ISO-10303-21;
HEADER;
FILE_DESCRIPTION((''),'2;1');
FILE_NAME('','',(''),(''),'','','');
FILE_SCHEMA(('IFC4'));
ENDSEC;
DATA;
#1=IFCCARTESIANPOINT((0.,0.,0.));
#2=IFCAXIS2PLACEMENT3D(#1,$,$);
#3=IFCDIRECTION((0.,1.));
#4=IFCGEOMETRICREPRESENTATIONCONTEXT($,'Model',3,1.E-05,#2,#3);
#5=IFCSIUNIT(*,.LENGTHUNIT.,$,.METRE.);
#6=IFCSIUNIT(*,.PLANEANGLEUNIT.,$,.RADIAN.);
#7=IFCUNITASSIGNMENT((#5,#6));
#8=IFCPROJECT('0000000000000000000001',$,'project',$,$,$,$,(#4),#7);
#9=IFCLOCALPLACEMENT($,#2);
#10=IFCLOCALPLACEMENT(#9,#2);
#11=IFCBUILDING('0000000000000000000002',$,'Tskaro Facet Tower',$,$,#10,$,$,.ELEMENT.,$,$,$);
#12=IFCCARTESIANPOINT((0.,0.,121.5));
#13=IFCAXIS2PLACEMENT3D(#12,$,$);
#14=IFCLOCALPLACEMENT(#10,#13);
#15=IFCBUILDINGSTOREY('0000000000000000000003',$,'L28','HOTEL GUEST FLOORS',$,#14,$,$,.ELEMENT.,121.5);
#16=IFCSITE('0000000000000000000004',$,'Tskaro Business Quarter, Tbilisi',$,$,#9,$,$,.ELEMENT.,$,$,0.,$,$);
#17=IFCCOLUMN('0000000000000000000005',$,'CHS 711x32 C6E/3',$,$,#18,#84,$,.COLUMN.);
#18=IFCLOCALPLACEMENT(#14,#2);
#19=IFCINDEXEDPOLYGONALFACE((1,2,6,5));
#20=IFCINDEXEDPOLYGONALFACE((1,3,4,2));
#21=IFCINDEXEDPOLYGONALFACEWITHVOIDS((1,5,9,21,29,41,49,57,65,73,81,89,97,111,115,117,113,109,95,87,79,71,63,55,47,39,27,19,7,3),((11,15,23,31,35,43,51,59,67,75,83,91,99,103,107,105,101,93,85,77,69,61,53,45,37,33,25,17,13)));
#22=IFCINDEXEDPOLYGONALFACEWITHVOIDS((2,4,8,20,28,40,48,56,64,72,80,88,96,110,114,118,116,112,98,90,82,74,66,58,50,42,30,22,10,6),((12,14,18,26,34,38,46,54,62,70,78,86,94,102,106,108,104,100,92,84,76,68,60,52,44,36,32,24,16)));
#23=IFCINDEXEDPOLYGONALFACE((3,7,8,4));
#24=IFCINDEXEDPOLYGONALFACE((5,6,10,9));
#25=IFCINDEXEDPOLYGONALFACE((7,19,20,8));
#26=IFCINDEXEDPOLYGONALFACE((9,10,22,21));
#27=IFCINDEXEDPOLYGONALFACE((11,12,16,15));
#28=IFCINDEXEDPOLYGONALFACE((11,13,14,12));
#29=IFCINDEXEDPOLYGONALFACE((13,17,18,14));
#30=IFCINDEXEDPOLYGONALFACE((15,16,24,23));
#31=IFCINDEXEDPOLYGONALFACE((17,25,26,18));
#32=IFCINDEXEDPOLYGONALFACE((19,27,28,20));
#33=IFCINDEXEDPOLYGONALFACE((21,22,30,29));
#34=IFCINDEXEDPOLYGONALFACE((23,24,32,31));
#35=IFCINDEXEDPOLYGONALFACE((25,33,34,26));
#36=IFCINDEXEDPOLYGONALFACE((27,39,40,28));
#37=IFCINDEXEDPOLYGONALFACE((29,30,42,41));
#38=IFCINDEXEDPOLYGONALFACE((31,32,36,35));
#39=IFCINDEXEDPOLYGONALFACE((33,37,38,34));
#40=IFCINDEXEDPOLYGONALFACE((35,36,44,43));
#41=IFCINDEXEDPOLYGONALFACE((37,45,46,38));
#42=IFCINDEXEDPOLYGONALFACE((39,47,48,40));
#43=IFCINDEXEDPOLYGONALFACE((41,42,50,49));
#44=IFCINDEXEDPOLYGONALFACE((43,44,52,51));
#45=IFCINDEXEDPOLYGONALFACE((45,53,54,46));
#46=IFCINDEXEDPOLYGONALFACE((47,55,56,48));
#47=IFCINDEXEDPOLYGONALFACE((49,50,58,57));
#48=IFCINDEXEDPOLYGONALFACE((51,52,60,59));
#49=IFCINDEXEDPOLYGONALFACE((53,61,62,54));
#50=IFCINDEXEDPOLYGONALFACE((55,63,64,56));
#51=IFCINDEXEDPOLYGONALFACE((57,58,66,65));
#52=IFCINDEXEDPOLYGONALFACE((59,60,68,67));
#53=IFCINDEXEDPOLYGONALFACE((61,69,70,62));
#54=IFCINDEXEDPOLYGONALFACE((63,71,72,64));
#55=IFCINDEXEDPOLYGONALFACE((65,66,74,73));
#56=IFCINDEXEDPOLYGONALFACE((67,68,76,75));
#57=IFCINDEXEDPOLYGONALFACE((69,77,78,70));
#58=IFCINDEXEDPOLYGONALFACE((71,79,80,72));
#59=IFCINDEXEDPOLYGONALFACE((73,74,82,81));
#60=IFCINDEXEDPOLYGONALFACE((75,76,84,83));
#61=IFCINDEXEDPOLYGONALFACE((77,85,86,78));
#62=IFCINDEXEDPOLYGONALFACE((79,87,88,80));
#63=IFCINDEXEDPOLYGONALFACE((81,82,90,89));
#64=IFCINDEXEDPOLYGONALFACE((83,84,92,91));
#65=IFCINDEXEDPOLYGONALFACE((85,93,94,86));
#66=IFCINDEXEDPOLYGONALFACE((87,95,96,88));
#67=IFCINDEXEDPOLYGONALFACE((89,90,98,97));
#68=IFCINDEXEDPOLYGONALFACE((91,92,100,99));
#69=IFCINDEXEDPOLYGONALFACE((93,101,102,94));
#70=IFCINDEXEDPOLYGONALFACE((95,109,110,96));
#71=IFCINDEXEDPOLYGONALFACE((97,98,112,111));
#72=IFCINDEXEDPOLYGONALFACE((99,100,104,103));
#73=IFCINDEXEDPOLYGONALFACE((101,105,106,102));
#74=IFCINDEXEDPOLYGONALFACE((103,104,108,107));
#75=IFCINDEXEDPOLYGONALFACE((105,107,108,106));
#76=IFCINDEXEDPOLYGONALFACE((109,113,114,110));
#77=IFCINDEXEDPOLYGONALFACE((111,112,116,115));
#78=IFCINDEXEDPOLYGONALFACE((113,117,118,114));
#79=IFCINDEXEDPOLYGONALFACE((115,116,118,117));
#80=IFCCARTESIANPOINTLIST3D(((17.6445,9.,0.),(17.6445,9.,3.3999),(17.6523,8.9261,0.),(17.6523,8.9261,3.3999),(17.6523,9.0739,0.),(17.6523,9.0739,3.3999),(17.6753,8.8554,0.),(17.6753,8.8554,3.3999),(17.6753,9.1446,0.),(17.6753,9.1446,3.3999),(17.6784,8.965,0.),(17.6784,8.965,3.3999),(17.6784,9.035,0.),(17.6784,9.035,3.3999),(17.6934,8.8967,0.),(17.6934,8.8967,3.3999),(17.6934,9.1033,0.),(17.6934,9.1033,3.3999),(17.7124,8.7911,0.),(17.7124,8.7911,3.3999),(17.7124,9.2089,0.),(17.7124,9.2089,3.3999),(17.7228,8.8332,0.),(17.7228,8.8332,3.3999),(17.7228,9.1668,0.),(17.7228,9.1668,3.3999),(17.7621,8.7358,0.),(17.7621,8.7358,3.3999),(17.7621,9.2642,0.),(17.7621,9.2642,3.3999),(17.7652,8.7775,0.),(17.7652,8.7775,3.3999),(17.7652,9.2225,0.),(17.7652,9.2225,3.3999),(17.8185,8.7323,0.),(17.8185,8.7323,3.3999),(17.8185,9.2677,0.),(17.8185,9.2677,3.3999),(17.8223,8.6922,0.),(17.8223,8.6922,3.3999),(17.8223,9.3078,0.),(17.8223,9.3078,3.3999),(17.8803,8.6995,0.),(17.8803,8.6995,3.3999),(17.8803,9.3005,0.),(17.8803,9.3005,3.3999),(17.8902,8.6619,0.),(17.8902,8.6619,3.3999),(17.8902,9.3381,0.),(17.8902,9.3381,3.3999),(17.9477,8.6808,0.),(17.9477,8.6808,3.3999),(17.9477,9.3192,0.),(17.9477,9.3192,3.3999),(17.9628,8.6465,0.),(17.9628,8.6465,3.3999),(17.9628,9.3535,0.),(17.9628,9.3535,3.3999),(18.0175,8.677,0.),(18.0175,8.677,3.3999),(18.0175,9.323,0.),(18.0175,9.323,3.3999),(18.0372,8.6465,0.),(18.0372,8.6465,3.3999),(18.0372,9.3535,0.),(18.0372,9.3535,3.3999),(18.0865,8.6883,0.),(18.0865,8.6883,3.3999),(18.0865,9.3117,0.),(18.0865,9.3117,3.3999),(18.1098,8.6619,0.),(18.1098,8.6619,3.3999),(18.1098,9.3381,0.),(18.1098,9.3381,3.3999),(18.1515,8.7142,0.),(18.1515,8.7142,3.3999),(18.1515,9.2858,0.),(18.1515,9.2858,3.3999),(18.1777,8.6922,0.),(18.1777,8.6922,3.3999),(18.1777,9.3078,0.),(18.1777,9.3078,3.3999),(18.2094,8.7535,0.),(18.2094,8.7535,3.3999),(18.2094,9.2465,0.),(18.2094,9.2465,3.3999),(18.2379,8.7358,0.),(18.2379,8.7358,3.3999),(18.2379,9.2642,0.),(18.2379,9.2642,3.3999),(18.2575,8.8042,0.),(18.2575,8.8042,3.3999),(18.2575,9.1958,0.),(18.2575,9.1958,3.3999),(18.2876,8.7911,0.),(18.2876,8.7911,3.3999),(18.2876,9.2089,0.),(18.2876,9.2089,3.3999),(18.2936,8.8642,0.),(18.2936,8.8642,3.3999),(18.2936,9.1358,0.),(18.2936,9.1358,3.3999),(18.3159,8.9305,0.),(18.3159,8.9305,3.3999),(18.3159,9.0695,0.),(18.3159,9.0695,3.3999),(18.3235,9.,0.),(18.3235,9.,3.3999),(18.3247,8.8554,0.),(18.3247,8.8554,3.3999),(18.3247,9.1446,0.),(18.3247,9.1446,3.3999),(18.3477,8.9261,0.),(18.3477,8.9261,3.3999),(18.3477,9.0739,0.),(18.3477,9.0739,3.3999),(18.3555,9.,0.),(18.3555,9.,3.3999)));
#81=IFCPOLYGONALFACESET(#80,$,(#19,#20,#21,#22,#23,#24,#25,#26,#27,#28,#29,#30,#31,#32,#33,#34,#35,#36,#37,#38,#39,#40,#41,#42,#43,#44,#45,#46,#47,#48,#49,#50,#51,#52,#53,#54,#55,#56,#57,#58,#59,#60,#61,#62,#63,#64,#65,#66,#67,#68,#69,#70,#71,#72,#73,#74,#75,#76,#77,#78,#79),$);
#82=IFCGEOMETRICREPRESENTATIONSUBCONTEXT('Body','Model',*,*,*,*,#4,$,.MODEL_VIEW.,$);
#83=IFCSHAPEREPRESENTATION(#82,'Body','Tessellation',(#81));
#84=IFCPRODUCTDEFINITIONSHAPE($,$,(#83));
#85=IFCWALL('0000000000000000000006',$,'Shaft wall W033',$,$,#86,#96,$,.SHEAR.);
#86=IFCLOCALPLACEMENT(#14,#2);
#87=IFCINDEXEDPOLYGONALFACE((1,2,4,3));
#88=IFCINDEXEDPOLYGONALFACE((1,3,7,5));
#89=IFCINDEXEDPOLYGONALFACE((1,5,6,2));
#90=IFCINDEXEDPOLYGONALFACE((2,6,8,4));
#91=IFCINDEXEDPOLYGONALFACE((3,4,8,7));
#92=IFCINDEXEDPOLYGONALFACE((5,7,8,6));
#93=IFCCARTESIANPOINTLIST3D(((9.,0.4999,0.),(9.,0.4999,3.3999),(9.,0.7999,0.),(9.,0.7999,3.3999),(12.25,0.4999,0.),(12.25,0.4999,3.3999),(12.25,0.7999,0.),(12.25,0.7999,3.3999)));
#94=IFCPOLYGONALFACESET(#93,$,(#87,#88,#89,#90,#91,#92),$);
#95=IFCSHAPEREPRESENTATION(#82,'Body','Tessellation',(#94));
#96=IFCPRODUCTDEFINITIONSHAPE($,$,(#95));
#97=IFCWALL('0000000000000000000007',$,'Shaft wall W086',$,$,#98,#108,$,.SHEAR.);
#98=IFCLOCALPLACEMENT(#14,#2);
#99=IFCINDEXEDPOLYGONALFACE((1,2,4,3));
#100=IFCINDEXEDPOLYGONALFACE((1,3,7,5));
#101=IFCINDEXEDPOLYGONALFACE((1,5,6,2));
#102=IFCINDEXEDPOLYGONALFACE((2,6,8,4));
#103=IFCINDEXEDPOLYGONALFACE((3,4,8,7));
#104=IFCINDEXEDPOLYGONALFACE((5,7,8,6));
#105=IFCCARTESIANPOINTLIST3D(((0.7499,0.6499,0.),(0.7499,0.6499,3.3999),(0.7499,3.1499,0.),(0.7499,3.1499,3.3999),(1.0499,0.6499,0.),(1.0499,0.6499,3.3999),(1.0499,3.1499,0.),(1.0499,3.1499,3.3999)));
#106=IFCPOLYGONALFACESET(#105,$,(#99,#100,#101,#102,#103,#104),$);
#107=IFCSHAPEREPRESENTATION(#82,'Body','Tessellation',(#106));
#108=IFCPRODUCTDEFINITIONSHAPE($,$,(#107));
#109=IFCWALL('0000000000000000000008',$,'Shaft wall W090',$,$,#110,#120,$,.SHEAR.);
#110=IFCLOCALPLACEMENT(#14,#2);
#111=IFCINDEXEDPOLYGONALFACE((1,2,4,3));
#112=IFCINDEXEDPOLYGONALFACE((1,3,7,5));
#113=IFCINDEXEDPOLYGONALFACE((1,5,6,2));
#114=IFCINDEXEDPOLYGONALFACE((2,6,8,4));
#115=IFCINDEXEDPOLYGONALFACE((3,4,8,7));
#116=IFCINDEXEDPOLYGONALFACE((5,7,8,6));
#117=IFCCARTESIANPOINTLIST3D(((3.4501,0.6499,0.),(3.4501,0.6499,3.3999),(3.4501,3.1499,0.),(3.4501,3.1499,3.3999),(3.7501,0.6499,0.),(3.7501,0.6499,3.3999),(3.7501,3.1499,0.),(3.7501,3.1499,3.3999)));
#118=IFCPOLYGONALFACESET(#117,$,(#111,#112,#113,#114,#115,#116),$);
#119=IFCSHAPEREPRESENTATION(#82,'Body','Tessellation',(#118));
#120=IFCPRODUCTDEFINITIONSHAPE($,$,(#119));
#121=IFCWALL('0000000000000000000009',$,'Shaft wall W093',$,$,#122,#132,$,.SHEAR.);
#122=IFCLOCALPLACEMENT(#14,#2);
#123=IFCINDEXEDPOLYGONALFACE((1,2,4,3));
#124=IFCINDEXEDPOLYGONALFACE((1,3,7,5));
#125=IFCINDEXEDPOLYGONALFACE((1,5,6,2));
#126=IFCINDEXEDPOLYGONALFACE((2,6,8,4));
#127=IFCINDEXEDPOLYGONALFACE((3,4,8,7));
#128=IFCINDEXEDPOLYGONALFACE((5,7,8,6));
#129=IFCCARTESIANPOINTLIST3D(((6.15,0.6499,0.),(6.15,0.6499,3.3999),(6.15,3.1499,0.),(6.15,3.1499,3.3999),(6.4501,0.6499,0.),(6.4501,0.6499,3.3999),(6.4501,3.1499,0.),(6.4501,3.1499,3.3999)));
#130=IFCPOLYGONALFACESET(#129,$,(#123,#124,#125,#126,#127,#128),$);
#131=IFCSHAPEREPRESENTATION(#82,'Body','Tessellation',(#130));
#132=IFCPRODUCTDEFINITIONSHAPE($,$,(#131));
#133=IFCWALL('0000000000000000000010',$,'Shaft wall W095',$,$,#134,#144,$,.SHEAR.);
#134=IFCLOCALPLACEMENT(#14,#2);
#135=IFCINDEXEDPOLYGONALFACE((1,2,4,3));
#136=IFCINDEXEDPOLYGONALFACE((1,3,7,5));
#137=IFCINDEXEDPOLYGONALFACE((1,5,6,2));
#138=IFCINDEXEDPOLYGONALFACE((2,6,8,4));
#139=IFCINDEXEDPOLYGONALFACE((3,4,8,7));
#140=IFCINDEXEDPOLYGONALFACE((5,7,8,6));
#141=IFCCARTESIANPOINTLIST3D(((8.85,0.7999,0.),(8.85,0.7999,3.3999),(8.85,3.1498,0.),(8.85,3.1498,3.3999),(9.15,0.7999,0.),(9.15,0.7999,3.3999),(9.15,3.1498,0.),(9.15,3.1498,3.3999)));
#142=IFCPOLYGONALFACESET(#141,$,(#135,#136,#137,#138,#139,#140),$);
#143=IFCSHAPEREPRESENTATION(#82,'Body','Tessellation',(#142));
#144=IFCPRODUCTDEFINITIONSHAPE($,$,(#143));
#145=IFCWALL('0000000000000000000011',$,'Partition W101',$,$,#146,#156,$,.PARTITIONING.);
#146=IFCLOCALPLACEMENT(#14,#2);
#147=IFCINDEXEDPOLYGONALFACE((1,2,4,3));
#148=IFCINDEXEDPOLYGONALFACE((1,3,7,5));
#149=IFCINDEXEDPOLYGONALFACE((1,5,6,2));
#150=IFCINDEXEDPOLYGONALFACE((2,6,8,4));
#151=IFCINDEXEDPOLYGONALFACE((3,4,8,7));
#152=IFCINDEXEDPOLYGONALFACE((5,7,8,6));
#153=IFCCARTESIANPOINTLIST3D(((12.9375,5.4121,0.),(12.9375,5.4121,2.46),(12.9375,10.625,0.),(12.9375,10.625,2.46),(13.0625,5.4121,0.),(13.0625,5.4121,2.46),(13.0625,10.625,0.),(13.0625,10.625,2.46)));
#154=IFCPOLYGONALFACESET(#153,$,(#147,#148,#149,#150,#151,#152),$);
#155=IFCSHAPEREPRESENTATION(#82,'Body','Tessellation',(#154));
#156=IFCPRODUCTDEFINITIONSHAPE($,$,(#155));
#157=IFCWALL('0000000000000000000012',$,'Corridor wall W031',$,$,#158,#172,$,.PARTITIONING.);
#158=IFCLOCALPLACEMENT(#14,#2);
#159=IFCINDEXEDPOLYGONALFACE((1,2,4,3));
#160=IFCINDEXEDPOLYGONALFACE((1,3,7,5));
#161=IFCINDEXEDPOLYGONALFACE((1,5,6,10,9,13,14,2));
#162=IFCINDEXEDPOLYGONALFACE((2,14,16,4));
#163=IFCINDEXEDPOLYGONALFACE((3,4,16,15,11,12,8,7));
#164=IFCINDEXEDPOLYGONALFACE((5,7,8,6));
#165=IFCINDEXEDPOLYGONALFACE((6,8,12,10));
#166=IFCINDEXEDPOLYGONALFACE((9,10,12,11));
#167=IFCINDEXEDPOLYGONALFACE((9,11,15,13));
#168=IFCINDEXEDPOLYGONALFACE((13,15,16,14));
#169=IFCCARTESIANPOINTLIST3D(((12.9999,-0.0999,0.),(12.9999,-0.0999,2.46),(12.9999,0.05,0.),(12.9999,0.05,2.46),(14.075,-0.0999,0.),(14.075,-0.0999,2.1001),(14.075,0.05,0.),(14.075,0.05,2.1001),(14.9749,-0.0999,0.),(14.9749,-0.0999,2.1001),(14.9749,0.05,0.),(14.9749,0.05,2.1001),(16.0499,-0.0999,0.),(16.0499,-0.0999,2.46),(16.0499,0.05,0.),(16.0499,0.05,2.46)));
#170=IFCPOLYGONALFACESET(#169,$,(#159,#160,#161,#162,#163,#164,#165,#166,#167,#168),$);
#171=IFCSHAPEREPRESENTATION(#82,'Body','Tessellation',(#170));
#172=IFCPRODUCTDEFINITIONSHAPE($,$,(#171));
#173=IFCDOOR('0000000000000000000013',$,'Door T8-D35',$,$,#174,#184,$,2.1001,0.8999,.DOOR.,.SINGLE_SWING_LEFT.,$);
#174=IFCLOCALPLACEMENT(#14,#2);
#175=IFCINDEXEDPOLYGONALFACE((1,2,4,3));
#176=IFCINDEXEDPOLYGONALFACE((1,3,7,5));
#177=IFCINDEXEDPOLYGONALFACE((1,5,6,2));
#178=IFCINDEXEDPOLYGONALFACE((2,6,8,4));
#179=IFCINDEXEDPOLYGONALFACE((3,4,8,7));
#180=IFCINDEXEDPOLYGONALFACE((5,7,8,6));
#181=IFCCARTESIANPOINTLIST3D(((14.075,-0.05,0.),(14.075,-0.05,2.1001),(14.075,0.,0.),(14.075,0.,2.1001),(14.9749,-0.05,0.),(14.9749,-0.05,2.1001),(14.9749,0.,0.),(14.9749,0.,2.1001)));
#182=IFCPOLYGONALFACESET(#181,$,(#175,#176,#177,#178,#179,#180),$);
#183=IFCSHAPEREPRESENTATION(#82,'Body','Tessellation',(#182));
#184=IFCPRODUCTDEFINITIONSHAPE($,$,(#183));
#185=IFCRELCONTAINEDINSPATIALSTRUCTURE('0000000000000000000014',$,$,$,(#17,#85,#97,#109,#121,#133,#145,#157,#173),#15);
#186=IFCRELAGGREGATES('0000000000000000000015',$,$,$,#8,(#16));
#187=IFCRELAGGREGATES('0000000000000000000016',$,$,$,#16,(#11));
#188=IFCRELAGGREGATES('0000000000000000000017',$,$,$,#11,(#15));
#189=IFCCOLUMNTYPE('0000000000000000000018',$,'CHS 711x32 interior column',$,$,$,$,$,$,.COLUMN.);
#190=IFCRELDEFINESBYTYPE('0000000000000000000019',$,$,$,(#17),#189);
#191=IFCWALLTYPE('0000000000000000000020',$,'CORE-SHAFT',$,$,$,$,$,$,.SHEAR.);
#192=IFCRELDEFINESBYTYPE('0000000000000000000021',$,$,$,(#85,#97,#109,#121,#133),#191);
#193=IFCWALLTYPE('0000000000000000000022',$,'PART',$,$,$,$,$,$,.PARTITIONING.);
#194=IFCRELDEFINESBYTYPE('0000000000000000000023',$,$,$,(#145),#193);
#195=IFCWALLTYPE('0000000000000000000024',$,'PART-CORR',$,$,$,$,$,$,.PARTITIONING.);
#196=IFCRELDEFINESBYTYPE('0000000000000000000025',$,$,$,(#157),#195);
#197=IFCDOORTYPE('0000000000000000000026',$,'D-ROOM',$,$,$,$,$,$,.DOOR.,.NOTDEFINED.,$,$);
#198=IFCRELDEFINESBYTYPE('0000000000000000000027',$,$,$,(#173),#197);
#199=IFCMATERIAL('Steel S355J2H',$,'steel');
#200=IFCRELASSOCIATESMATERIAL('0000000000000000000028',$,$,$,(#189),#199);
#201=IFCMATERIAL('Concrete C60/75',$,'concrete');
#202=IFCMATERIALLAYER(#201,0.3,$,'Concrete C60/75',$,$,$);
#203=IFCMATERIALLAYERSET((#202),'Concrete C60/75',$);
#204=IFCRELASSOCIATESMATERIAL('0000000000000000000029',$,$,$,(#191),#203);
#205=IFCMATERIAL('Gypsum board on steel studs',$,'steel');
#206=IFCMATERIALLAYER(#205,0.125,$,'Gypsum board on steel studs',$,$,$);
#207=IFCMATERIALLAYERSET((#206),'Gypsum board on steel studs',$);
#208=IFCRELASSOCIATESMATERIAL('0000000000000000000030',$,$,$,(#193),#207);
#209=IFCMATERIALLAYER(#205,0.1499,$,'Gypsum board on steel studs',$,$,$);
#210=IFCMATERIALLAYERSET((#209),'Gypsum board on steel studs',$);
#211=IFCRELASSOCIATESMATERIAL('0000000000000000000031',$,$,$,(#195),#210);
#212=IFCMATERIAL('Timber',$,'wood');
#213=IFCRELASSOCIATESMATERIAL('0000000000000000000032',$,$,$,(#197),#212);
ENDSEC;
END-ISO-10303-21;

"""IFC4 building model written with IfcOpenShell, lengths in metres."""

from ifc_helpers import new_model, si_unit, direction, frame, frame_2d, origin, origin_2d, place, context, subcontext, project, spatial, rectangle, hollow_circle, extrude, material, layer, layer_set, material_profile, profile_set, type_object, element, fill, save


model = new_model("IFC4")

# Units and contexts
model_context = context("Model", 3, precision=1e-05, world=origin(), true_north=direction((0.0, 1.0)))
body_context = subcontext(model_context, "Body", "Model", "MODEL_VIEW")
ifc_project = project(units=[si_unit("LENGTHUNIT", "METRE"), si_unit("PLANEANGLEUNIT", "RADIAN")], contexts=[model_context])

# Site, building, storey
site_placement = place(None, origin())
site = spatial("IfcSite", under=ifc_project, at=site_placement, Name="Tskaro Business Quarter, Tbilisi", CompositionType="ELEMENT", RefElevation=0.0)
building_placement = place(site_placement, origin())
building = spatial("IfcBuilding", under=site, at=building_placement, Name="Tskaro Facet Tower", CompositionType="ELEMENT")
storey_placement = place(building_placement, frame((0.0, 0.0, 121.5)))
storey = spatial("IfcBuildingStorey", under=building, at=storey_placement, Name="L28", Description="HOTEL GUEST FLOORS", CompositionType="ELEMENT", Elevation=121.5)

# Column
ifc_material_1 = material(Name="Steel S355J2H", Category="steel")
ifc_material_profile = material_profile(ifc_material_1, hollow_circle(Radius=0.3555, WallThickness=0.032, at=origin_2d()), Name="CHS 711x32")
ifc_profile_set = profile_set([ifc_material_profile], Name="Steel S355J2H")
column_type = type_object("IfcColumnType", Name="CHS 711x32 interior column", PredefinedType="COLUMN", material=ifc_profile_set)
for number, where, z_axis, x_axis, name in (
    (1, (18.0, 9.0, 0.0), (0.0, 0.0, 1.0), (1.0, 0.0, 0.0), "CHS 711x32 C6E/3"),
):
    element("IfcColumn", number, at=place(storey_placement, frame(where, z_axis=z_axis, x_axis=x_axis)), inside=storey, type_object=column_type, Name=name, PredefinedType="COLUMN", context=body_context, shape_type="SweptSolid", body=[
        extrude(hollow_circle(Radius=0.3555, WallThickness=0.032, at=origin_2d()), origin(), (0.0, 0.0, 1.0), 3.3999),
    ])

# Walls
ifc_material_2 = material(Name="Concrete C60/75", Category="concrete")
ifc_layer_1 = layer(ifc_material_2, 0.3, Name="Concrete C60/75")
ifc_layer_set_1 = layer_set([ifc_layer_1], Name="Concrete C60/75")
wall_type_1 = type_object("IfcWallType", Name="CORE-SHAFT", PredefinedType="SHEAR", material=ifc_layer_set_1)
wall_1_placement = place(storey_placement, frame((12.25, 0.6499, 0.0), z_axis=(0.0, 0.0, 1.0), x_axis=(-1.0, 0.0, 0.0)))
element("IfcWall", 2, at=wall_1_placement, inside=storey, type_object=wall_type_1, Name="Shaft wall W033", PredefinedType="SHEAR", context=body_context, shape_type="SweptSolid", body=[
    extrude(rectangle(XDim=3.25, YDim=0.3, at=frame_2d((1.625, 0.0))), origin(), (0.0, 0.0, 1.0), 3.3999),
])
for number, where, z_axis, x_axis, name in (
    (3, (0.8999, 0.6499, 0.0), (0.0, 0.0, 1.0), (0.0, 1.0, 0.0), "Shaft wall W086"),
    (4, (3.6001, 0.6499, 0.0), (0.0, 0.0, 1.0), (0.0, 1.0, 0.0), "Shaft wall W090"),
    (5, (6.3, 0.6499, 0.0), (0.0, 0.0, 1.0), (0.0, 1.0, 0.0), "Shaft wall W093"),
):
    element("IfcWall", number, at=place(storey_placement, frame(where, z_axis=z_axis, x_axis=x_axis)), inside=storey, type_object=wall_type_1, Name=name, PredefinedType="SHEAR", context=body_context, shape_type="SweptSolid", body=[
        extrude(rectangle(XDim=2.5, YDim=0.3, at=frame_2d((1.25, 0.0))), origin(), (0.0, 0.0, 1.0), 3.3999),
    ])
wall_2_placement = place(storey_placement, frame((9.0, 0.8, 0.0), z_axis=(0.0, 0.0, 1.0), x_axis=(0.0, 1.0, 0.0)))
element("IfcWall", 6, at=wall_2_placement, inside=storey, type_object=wall_type_1, Name="Shaft wall W095", PredefinedType="SHEAR", context=body_context, shape_type="SweptSolid", body=[
    extrude(rectangle(XDim=2.3499, YDim=0.3, at=frame_2d((1.1748, 0.0))), origin(), (0.0, 0.0, 1.0), 3.3999),
])
ifc_material_3 = material(Name="Gypsum board on steel studs", Category="steel")
ifc_layer_2 = layer(ifc_material_3, 0.125, Name="Gypsum board on steel studs")
ifc_layer_set_2 = layer_set([ifc_layer_2], Name="Gypsum board on steel studs")
wall_type_2 = type_object("IfcWallType", Name="PART", PredefinedType="PARTITIONING", material=ifc_layer_set_2)
wall_3_placement = place(storey_placement, frame((13.0, 5.4121, 0.0), z_axis=(0.0, 0.0, 1.0), x_axis=(0.0, 1.0, 0.0)))
element("IfcWall", 7, at=wall_3_placement, inside=storey, type_object=wall_type_2, Name="Partition W101", PredefinedType="PARTITIONING", context=body_context, shape_type="SweptSolid", body=[
    extrude(rectangle(XDim=5.2129, YDim=0.125, at=frame_2d((2.6064, 0.0))), origin(), (0.0, 0.0, 1.0), 2.46),
])

# Wall, opening, door
ifc_layer_3 = layer(ifc_material_3, 0.1499, Name="Gypsum board on steel studs")
ifc_layer_set_3 = layer_set([ifc_layer_3], Name="Gypsum board on steel studs")
wall_type_3 = type_object("IfcWallType", Name="PART-CORR", PredefinedType="PARTITIONING", material=ifc_layer_set_3)
wall_4_placement = place(storey_placement, frame((13.0, -0.0249, 0.0), z_axis=(0.0, 0.0, 1.0), x_axis=(1.0, 0.0, 0.0)))
wall_4 = element("IfcWall", 8, at=wall_4_placement, inside=storey, type_object=wall_type_3, Name="Corridor wall W031", PredefinedType="PARTITIONING", context=body_context, shape_type="SweptSolid", body=[
    extrude(rectangle(XDim=3.05, YDim=0.1499, at=frame_2d((1.5249, 0.0))), origin(), (0.0, 0.0, 1.0), 2.46),
])
opening_1_placement = place(wall_4_placement, frame((1.075, 0.0, 0.0)))
opening_1 = element("IfcOpeningElement", 9, at=opening_1_placement, cuts=wall_4, PredefinedType="OPENING", context=body_context, shape_type="SweptSolid", body=[
    extrude(rectangle(XDim=0.8999, YDim=2.1001, at=frame_2d((0.45, 1.05))), frame((0.0, 0.085, 0.0), z_axis=(0.0, -1.0, 0.0), x_axis=(1.0, 0.0, 0.0)), (0.0, 0.0, 1.0), 0.1699),
])
ifc_material_4 = material(Name="Timber", Category="wood")
door_type_1 = type_object("IfcDoorType", Name="D-ROOM", OperationType="NOTDEFINED", PredefinedType="DOOR", material=ifc_material_4)
door_1_placement = place(opening_1_placement, origin())
door_1 = element("IfcDoor", 10, at=door_1_placement, inside=storey, type_object=door_type_1, Name="Door T8-D35", OperationType="SINGLE_SWING_LEFT", OverallHeight=2.1001, OverallWidth=0.8999, PredefinedType="DOOR", context=body_context, shape_type="SweptSolid", body=[
    extrude(rectangle(XDim=0.8999, YDim=2.1001, at=frame_2d((0.45, 1.05))), frame((0.0, 0.0249, 0.0), z_axis=(0.0, -1.0, 0.0), x_axis=(1.0, 0.0, 0.0)), (0.0, 0.0, 1.0), 0.05),
])
fill(opening_1, door_1)

save(model, "model.ifc")
